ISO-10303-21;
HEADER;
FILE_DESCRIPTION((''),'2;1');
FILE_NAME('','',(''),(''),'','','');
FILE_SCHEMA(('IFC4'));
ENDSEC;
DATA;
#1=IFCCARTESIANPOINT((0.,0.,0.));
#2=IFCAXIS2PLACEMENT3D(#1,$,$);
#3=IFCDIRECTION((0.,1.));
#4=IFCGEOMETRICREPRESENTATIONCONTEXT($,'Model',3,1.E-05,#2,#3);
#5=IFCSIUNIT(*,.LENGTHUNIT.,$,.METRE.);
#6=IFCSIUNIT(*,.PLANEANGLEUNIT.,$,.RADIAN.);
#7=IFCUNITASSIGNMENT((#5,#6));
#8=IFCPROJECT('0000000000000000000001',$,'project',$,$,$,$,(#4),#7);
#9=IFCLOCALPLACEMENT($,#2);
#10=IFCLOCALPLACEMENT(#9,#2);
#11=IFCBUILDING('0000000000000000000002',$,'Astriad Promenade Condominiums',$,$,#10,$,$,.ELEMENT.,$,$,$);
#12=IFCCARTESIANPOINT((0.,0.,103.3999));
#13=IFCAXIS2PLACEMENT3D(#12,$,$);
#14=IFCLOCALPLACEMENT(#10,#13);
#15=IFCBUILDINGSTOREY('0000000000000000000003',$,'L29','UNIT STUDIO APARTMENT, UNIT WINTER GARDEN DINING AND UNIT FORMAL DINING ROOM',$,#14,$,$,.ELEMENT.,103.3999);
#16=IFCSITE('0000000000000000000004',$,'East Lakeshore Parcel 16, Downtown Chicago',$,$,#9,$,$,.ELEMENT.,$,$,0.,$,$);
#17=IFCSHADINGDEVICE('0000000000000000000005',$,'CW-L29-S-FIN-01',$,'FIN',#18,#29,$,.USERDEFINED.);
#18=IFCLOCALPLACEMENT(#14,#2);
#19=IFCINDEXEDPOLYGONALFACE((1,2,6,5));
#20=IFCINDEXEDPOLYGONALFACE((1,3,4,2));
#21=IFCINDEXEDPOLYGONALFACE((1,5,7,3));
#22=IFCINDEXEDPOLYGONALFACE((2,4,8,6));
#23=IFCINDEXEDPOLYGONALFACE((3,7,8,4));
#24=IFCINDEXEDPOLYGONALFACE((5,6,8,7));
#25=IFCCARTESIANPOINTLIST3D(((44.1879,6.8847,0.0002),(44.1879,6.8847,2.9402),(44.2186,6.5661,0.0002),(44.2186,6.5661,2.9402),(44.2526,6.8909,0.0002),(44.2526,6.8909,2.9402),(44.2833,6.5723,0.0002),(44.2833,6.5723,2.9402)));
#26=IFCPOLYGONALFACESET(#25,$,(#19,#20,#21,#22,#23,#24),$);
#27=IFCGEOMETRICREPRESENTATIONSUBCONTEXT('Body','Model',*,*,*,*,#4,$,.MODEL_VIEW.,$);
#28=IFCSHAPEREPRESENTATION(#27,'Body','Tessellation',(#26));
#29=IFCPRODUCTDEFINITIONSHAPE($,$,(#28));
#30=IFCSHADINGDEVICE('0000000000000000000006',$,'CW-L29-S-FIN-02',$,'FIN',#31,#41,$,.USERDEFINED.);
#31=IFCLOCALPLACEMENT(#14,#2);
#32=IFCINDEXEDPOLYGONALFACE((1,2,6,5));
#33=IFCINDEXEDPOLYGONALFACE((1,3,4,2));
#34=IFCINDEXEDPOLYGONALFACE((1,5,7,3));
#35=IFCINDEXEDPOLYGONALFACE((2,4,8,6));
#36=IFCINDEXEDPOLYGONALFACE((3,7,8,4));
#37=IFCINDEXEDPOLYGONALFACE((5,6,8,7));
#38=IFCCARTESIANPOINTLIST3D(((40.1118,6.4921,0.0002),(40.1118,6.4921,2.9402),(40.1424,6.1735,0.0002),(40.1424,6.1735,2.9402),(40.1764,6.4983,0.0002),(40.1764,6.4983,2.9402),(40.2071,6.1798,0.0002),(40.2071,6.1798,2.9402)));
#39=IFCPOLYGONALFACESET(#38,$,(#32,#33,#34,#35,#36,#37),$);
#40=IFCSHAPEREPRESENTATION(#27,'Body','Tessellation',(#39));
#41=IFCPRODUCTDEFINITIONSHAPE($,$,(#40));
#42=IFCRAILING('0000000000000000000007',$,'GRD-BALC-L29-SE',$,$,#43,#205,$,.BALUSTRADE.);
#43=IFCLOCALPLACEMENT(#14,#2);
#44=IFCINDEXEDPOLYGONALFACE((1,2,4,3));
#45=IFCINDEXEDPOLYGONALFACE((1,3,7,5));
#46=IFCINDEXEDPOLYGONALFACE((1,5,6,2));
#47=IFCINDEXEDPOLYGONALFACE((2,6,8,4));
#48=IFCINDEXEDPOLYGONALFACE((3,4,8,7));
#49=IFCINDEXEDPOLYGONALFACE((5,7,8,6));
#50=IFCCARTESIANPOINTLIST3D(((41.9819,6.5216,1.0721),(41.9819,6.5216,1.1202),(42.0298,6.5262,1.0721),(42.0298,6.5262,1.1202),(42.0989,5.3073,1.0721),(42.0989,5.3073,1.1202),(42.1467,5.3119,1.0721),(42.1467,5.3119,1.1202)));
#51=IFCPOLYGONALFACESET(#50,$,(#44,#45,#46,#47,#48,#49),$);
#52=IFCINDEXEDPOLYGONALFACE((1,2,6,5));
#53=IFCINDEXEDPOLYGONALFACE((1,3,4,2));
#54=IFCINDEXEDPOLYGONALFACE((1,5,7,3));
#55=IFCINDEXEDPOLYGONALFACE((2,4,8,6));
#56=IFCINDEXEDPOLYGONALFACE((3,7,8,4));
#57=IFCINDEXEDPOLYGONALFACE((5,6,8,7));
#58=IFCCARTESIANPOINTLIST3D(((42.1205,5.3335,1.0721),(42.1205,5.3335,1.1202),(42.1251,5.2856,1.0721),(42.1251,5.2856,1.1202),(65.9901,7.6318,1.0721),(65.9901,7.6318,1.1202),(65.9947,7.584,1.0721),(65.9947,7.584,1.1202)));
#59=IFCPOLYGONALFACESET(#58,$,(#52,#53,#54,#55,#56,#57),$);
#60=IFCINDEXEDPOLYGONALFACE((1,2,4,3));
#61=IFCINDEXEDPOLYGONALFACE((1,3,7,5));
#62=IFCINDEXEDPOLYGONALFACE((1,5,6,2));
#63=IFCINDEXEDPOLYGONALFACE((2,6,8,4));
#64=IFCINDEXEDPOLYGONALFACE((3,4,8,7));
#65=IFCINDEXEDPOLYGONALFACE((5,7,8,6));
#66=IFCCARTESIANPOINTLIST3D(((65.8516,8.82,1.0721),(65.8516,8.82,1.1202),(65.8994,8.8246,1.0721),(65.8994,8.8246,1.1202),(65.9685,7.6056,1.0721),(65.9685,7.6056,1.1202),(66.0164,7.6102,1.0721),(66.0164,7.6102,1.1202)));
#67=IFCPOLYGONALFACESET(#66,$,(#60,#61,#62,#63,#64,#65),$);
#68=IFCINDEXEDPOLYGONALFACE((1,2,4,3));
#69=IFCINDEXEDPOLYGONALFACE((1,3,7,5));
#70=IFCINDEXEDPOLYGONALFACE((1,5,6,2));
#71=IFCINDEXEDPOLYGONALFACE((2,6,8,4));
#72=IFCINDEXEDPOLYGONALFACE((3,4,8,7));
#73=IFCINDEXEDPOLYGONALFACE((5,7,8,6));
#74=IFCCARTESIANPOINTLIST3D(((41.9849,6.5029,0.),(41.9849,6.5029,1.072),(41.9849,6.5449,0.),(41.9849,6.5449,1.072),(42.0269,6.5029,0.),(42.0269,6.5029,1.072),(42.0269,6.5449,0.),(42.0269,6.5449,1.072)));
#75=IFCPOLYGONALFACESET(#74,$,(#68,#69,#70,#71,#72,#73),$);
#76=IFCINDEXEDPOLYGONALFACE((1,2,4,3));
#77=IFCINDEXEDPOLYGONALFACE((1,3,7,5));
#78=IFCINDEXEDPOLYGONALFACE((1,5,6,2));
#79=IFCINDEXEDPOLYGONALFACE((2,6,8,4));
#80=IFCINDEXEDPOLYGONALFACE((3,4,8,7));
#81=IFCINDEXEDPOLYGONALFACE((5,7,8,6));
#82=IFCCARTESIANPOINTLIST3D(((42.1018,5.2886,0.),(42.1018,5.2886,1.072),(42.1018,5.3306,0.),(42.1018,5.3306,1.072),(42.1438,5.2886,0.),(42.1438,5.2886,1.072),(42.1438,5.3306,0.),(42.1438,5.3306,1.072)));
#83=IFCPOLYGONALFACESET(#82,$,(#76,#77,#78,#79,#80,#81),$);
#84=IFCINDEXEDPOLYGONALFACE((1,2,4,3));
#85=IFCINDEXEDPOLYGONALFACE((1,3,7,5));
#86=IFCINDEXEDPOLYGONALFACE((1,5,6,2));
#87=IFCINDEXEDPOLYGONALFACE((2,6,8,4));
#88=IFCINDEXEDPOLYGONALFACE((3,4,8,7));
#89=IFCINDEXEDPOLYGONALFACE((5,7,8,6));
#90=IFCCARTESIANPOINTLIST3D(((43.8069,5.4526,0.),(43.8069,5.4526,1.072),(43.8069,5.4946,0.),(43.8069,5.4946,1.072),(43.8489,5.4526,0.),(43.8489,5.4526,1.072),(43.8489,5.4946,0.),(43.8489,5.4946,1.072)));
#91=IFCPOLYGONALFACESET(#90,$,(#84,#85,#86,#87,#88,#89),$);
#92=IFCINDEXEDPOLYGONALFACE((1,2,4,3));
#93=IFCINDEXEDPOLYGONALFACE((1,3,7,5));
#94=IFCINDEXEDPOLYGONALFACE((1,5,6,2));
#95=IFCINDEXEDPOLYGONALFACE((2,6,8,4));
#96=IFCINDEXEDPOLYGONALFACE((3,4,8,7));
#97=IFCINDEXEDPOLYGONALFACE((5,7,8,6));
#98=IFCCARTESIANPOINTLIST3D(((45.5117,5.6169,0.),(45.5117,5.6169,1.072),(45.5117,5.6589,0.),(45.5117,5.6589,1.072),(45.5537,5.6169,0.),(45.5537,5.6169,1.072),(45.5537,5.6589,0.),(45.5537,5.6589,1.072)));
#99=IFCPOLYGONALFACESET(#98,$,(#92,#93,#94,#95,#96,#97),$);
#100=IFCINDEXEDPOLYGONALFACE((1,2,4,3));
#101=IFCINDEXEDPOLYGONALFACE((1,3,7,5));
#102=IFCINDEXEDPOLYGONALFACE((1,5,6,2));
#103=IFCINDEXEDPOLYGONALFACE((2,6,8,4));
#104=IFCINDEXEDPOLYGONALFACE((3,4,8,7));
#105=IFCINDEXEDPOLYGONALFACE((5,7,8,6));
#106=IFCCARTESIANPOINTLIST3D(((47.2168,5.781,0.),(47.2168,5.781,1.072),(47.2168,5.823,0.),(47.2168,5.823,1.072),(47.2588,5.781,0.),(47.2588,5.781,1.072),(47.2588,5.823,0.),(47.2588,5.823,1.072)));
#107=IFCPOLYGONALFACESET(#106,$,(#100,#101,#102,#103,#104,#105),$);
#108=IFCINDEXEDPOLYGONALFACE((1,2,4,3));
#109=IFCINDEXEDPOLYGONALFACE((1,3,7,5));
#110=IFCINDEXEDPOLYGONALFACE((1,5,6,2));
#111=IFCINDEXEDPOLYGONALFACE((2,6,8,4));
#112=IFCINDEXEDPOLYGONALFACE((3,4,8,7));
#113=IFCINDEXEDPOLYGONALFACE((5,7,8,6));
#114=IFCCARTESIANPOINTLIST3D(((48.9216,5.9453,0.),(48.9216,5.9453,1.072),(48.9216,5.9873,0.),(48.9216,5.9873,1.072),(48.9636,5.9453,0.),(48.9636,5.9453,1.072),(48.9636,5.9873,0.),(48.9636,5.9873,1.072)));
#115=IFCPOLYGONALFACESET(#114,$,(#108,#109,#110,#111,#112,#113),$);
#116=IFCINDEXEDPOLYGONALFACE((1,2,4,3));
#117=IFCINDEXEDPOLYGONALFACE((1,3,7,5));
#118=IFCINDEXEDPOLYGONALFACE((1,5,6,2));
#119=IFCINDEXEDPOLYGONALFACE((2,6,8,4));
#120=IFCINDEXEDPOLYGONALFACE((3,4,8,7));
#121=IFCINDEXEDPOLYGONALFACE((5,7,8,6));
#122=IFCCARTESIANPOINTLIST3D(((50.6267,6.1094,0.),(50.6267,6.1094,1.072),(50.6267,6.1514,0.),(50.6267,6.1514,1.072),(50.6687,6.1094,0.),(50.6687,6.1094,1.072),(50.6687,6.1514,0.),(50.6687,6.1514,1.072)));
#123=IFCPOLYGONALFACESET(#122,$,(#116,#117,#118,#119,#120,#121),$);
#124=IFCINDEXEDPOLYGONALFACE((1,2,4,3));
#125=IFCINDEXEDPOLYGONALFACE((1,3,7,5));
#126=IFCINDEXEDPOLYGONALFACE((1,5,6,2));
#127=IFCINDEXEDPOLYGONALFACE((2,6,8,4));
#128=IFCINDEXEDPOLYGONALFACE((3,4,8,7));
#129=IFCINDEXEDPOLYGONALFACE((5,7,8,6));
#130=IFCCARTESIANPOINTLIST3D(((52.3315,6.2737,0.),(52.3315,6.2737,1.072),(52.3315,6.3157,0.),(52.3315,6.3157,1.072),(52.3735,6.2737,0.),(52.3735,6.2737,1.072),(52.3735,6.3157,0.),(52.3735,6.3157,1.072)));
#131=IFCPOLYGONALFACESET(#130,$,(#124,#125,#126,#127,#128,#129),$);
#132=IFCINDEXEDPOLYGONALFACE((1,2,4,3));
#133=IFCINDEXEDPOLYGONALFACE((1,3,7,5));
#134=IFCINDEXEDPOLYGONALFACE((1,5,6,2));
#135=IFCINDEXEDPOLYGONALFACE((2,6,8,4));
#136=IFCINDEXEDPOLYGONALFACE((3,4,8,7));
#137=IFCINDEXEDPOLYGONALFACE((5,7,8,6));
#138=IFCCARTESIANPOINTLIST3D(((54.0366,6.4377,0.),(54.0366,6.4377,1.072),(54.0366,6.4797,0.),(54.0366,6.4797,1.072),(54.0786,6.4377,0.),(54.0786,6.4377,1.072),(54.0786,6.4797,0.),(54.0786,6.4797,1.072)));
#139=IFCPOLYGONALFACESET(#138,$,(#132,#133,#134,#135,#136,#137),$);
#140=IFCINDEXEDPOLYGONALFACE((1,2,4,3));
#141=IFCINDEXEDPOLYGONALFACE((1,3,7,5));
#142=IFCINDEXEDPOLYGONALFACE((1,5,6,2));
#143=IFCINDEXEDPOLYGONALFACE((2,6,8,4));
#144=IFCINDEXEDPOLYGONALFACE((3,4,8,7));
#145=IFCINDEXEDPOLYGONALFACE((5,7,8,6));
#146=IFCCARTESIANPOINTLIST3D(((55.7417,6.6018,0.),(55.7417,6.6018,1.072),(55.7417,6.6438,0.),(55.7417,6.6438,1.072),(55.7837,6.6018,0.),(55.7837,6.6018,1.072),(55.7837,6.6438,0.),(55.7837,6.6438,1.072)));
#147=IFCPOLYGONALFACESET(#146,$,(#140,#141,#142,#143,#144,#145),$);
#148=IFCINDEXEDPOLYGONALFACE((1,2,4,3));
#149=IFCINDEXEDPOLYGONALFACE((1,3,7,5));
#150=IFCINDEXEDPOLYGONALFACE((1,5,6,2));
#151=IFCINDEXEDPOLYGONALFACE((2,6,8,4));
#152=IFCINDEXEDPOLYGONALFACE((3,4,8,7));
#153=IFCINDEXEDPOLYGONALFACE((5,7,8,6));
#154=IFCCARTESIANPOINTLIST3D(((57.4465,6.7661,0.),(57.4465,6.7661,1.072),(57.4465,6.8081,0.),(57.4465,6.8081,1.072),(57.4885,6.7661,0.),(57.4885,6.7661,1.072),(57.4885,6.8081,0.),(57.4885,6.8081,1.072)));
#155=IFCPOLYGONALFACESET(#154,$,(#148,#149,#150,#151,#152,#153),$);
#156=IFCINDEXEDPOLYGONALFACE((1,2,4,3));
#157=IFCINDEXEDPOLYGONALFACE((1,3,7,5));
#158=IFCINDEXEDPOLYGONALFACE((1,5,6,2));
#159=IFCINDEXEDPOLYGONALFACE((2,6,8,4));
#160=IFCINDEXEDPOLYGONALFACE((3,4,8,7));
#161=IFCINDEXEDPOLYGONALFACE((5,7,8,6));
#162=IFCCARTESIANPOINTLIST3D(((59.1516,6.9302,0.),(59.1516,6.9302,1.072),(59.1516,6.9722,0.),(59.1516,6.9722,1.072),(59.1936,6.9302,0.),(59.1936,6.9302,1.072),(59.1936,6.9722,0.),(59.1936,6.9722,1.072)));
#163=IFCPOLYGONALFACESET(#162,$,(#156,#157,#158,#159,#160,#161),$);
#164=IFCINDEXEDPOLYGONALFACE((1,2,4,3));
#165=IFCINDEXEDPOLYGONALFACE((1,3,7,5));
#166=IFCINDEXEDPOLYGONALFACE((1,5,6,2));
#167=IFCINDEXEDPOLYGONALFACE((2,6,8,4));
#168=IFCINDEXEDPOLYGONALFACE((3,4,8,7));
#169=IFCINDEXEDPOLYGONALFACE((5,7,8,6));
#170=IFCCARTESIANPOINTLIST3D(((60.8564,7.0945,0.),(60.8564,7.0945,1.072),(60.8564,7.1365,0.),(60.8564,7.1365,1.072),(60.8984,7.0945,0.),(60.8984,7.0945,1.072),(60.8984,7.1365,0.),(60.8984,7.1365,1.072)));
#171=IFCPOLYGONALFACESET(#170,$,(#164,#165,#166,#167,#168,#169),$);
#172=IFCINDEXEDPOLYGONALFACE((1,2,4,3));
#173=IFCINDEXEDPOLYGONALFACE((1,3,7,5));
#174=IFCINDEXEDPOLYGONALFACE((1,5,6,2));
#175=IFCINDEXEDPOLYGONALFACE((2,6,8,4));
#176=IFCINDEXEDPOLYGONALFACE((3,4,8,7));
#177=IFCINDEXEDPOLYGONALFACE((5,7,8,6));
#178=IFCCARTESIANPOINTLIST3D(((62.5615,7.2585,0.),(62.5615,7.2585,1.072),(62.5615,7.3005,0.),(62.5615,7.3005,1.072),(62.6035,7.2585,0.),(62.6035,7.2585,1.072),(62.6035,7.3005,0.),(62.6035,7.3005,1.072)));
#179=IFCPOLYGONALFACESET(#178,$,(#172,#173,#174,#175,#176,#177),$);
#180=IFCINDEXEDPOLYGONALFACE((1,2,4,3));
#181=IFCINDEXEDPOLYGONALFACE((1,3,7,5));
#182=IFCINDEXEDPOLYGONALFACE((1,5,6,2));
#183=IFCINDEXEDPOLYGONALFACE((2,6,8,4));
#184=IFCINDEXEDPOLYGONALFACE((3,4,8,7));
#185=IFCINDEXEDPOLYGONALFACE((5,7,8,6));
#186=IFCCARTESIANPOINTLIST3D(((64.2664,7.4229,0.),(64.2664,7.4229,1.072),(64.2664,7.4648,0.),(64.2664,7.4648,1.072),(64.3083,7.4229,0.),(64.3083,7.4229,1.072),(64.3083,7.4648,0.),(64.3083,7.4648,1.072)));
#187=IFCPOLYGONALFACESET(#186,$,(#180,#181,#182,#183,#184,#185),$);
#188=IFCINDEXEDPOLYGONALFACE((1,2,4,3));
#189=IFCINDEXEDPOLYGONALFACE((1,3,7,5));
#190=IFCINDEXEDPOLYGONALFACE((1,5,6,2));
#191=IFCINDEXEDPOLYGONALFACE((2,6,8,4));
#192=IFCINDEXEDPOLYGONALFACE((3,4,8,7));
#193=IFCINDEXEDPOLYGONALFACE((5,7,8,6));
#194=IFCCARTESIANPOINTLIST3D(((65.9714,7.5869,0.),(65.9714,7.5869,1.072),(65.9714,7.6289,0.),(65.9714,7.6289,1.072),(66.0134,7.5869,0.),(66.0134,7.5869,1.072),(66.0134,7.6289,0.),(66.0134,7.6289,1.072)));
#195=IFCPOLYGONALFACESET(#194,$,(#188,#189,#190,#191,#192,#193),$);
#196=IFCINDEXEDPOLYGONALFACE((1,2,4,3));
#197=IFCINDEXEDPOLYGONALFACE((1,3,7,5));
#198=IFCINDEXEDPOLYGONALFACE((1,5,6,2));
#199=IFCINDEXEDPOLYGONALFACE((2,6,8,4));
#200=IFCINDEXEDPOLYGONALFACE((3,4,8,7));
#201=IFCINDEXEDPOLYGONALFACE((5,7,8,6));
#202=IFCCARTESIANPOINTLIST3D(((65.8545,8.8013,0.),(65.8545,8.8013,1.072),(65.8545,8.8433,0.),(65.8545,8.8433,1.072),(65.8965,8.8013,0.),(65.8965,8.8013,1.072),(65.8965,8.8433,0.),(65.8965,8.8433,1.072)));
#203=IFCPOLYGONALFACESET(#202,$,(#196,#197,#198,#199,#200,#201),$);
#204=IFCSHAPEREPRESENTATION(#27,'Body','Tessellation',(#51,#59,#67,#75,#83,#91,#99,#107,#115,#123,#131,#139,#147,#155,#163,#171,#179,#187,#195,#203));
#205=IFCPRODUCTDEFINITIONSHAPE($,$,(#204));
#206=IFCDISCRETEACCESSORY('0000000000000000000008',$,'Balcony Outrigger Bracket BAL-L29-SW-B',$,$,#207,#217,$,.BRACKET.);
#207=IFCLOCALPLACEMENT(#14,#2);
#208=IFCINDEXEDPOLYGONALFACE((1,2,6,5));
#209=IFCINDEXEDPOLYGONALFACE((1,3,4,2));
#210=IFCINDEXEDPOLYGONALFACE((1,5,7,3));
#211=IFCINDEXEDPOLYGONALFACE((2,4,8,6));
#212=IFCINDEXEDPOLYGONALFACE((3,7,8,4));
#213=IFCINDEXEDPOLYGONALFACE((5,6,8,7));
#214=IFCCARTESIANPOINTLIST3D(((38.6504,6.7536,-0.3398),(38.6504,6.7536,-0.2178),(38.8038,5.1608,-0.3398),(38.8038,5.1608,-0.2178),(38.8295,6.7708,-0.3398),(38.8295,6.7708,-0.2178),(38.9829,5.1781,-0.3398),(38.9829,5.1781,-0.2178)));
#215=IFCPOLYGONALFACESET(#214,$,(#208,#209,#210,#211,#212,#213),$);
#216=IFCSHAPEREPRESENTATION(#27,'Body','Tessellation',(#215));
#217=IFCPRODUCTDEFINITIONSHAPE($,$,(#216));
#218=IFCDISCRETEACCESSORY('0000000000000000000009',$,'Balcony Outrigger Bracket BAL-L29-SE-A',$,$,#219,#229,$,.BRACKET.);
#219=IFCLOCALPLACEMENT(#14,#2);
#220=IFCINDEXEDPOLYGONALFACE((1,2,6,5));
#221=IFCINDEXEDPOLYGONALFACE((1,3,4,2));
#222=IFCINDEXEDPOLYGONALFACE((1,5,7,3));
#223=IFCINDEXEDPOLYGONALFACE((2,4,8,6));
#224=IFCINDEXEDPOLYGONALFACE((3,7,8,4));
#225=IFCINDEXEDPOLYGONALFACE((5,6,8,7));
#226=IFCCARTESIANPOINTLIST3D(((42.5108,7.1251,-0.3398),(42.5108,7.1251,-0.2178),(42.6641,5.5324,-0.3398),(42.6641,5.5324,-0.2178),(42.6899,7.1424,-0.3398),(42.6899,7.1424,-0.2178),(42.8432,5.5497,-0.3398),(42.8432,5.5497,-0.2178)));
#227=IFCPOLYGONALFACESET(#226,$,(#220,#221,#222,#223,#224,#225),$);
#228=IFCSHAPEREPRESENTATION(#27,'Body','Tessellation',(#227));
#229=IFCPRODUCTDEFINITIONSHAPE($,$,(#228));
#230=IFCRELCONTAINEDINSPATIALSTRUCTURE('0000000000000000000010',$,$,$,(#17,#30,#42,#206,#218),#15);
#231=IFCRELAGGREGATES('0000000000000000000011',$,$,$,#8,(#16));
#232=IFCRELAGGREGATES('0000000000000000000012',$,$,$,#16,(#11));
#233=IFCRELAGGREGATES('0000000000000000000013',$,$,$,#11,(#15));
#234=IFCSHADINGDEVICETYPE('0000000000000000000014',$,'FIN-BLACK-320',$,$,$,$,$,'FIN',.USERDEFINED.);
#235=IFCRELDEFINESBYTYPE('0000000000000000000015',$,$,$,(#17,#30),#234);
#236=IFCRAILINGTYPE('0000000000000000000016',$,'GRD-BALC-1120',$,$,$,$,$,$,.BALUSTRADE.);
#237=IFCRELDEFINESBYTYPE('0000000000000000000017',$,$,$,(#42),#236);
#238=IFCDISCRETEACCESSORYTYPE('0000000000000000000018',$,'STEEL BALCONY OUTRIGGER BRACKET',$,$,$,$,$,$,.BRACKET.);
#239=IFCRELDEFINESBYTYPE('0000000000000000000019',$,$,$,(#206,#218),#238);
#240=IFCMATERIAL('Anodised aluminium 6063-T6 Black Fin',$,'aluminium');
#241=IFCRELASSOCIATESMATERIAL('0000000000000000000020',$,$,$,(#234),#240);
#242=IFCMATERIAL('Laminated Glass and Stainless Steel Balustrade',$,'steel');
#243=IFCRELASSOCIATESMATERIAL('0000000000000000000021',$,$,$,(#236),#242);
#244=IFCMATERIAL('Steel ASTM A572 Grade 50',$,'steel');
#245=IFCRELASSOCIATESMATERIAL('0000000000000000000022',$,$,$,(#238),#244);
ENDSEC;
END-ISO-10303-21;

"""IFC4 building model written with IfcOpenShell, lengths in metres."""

from ifc_helpers import new_model, si_unit, direction, frame, origin, origin_2d, place, context, subcontext, project, spatial, rectangle, extrude, source, transform, mapped, material, type_object, type_shapes, element, save


model = new_model("IFC4")

# Units and contexts
model_context = context("Model", 3, precision=1e-05, world=origin(), true_north=direction((0.0, 1.0)))
body_context = subcontext(model_context, "Body", "Model", "MODEL_VIEW")
ifc_project = project(units=[si_unit("LENGTHUNIT", "METRE"), si_unit("PLANEANGLEUNIT", "RADIAN")], contexts=[model_context])

# Site, building, storey
site_placement = place(None, origin())
site = spatial("IfcSite", under=ifc_project, at=site_placement, Name="East Lakeshore Parcel 16, Downtown Chicago", CompositionType="ELEMENT", RefElevation=0.0)
building_placement = place(site_placement, origin())
building = spatial("IfcBuilding", under=site, at=building_placement, Name="Astriad Promenade Condominiums", CompositionType="ELEMENT")
storey_placement = place(building_placement, frame((0.0, 0.0, 103.3999)))
storey = spatial("IfcBuildingStorey", under=building, at=storey_placement, Name="L29", Description="UNIT STUDIO APARTMENT, UNIT WINTER GARDEN DINING AND UNIT FORMAL DINING ROOM", CompositionType="ELEMENT", Elevation=103.3999)

# Shading devices
ifc_material_1 = material(Name="Anodised aluminium 6063-T6 Black Fin", Category="aluminium")
shading_device_type = type_object("IfcShadingDeviceType", Name="FIN-BLACK-320", ElementType="FIN", PredefinedType="USERDEFINED", material=ifc_material_1)
shared_shape_1 = source(origin(), body_context, "Body", "SweptSolid", [
    extrude(rectangle(XDim=0.0649, YDim=0.3201, at=origin_2d()), origin(), (0.0, 0.0, 1.0), 2.9399),
])
type_shapes(shading_device_type, [shared_shape_1])
for number, where, z_axis, x_axis, name in (
    (1, (44.2356, 6.7285, 0.0002), (0.0, 0.0, 1.0), (-0.995396, -0.095846, 0.0), "CW-L29-S-FIN-01"),
    (2, (40.1594, 6.3359, 0.0002), (0.0, 0.0, 1.0), (-0.995396, -0.095846, 0.0), "CW-L29-S-FIN-02"),
):
    element("IfcShadingDevice", number, at=place(storey_placement, frame(where, z_axis=z_axis, x_axis=x_axis)), inside=storey, type_object=shading_device_type, Name=name, ObjectType="FIN", PredefinedType="USERDEFINED", context=body_context, shape_type="MappedRepresentation", body=[
        mapped(shared_shape_1, transform((0.0, 0.0, 0.0), scale=1.0)),
    ])

# Railing
ifc_material_2 = material(Name="Laminated Glass and Stainless Steel Balustrade", Category="steel")
railing_type = type_object("IfcRailingType", Name="GRD-BALC-1120", PredefinedType="BALUSTRADE", material=ifc_material_2)
shared_shape_2 = source(origin(), body_context, "Body", "SweptSolid", [
    extrude(rectangle(XDim=0.0481, YDim=0.0481, at=origin_2d()), frame((0.0, 0.0, 1.0962), z_axis=(0.095857, -0.995395, 0.0), x_axis=(0.995395, 0.095857, 0.0)), (0.0, 0.0, 1.0), 1.22),
    extrude(rectangle(XDim=0.0481, YDim=0.0481, at=origin_2d()), frame((0.1169, -1.2144, 1.0962), z_axis=(0.995396, 0.095844, 0.0), x_axis=(-0.095844, 0.995396, 0.0)), (0.0, 0.0, 1.0), 23.98),
    extrude(rectangle(XDim=0.0481, YDim=0.0481, at=origin_2d()), frame((23.9866, 1.084, 1.0962), z_axis=(-0.095857, 0.995395, 0.0), x_axis=(-0.995395, -0.095857, 0.0)), (0.0, 0.0, 1.0), 1.22),
    extrude(rectangle(XDim=0.042, YDim=0.042, at=origin_2d()), origin(), (0.0, 0.0, 1.0), 1.072),
    extrude(rectangle(XDim=0.042, YDim=0.042, at=origin_2d()), frame((0.1169, -1.2144, 0.0)), (0.0, 0.0, 1.0), 1.072),
    extrude(rectangle(XDim=0.042, YDim=0.042, at=origin_2d()), frame((1.822, -1.0503, 0.0)), (0.0, 0.0, 1.0), 1.072),
    extrude(rectangle(XDim=0.042, YDim=0.042, at=origin_2d()), frame((3.5269, -0.886, 0.0)), (0.0, 0.0, 1.0), 1.072),
    extrude(rectangle(XDim=0.042, YDim=0.042, at=origin_2d()), frame((5.2319, -0.7219, 0.0)), (0.0, 0.0, 1.0), 1.072),
    extrude(rectangle(XDim=0.042, YDim=0.042, at=origin_2d()), frame((6.9368, -0.5576, 0.0)), (0.0, 0.0, 1.0), 1.072),
    extrude(rectangle(XDim=0.042, YDim=0.042, at=origin_2d()), frame((8.6418, -0.3936, 0.0)), (0.0, 0.0, 1.0), 1.072),
    extrude(rectangle(XDim=0.042, YDim=0.042, at=origin_2d()), frame((10.3467, -0.2292, 0.0)), (0.0, 0.0, 1.0), 1.072),
    extrude(rectangle(XDim=0.042, YDim=0.042, at=origin_2d()), frame((12.0518, -0.0652, 0.0)), (0.0, 0.0, 1.0), 1.072),
    extrude(rectangle(XDim=0.042, YDim=0.042, at=origin_2d()), frame((13.7568, 0.0989, 0.0)), (0.0, 0.0, 1.0), 1.072),
    extrude(rectangle(XDim=0.042, YDim=0.042, at=origin_2d()), frame((15.4617, 0.2632, 0.0)), (0.0, 0.0, 1.0), 1.072),
    extrude(rectangle(XDim=0.042, YDim=0.042, at=origin_2d()), frame((17.1667, 0.4272, 0.0)), (0.0, 0.0, 1.0), 1.072),
    extrude(rectangle(XDim=0.042, YDim=0.042, at=origin_2d()), frame((18.8716, 0.5916, 0.0)), (0.0, 0.0, 1.0), 1.072),
    extrude(rectangle(XDim=0.042, YDim=0.042, at=origin_2d()), frame((20.5767, 0.7556, 0.0)), (0.0, 0.0, 1.0), 1.072),
    extrude(rectangle(XDim=0.042, YDim=0.042, at=origin_2d()), frame((22.2815, 0.9199, 0.0)), (0.0, 0.0, 1.0), 1.072),
    extrude(rectangle(XDim=0.042, YDim=0.042, at=origin_2d()), frame((23.9866, 1.084, 0.0)), (0.0, 0.0, 1.0), 1.072),
    extrude(rectangle(XDim=0.042, YDim=0.042, at=origin_2d()), frame((23.8696, 2.2983, 0.0)), (0.0, 0.0, 1.0), 1.072),
])
type_shapes(railing_type, [shared_shape_2])
railing_placement = place(storey_placement, frame((42.0059, 6.5239, 0.0)))
element("IfcRailing", 3, at=railing_placement, inside=storey, type_object=railing_type, Name="GRD-BALC-L29-SE", PredefinedType="BALUSTRADE", context=body_context, shape_type="MappedRepresentation", body=[
    mapped(shared_shape_2, transform((0.0, 0.0, 0.0), scale=1.0)),
])

# Discrete accessories
ifc_material_3 = material(Name="Steel ASTM A572 Grade 50", Category="steel")
discrete_accessory_type = type_object("IfcDiscreteAccessoryType", Name="STEEL BALCONY OUTRIGGER BRACKET", PredefinedType="BRACKET", material=ifc_material_3)
shared_shape_3 = source(origin(), body_context, "Body", "SweptSolid", [
    extrude(rectangle(XDim=1.6001, YDim=0.1799, at=origin_2d()), origin(), (0.0, 0.0, 1.0), 0.1221),
])
type_shapes(discrete_accessory_type, [shared_shape_3])
for number, where, z_axis, x_axis, name in (
    (4, (38.8167, 5.9658, -0.3398), (0.0, 0.0, 1.0), (0.095846, -0.995396, 0.0), "Balcony Outrigger Bracket BAL-L29-SW-B"),
    (5, (42.677, 6.3374, -0.3398), (0.0, 0.0, 1.0), (0.095846, -0.995396, 0.0), "Balcony Outrigger Bracket BAL-L29-SE-A"),
):
    element("IfcDiscreteAccessory", number, at=place(storey_placement, frame(where, z_axis=z_axis, x_axis=x_axis)), inside=storey, type_object=discrete_accessory_type, Name=name, PredefinedType="BRACKET", context=body_context, shape_type="MappedRepresentation", body=[
        mapped(shared_shape_3, transform((0.0, 0.0, 0.0), scale=1.0)),
    ])

save(model, "model.ifc")
